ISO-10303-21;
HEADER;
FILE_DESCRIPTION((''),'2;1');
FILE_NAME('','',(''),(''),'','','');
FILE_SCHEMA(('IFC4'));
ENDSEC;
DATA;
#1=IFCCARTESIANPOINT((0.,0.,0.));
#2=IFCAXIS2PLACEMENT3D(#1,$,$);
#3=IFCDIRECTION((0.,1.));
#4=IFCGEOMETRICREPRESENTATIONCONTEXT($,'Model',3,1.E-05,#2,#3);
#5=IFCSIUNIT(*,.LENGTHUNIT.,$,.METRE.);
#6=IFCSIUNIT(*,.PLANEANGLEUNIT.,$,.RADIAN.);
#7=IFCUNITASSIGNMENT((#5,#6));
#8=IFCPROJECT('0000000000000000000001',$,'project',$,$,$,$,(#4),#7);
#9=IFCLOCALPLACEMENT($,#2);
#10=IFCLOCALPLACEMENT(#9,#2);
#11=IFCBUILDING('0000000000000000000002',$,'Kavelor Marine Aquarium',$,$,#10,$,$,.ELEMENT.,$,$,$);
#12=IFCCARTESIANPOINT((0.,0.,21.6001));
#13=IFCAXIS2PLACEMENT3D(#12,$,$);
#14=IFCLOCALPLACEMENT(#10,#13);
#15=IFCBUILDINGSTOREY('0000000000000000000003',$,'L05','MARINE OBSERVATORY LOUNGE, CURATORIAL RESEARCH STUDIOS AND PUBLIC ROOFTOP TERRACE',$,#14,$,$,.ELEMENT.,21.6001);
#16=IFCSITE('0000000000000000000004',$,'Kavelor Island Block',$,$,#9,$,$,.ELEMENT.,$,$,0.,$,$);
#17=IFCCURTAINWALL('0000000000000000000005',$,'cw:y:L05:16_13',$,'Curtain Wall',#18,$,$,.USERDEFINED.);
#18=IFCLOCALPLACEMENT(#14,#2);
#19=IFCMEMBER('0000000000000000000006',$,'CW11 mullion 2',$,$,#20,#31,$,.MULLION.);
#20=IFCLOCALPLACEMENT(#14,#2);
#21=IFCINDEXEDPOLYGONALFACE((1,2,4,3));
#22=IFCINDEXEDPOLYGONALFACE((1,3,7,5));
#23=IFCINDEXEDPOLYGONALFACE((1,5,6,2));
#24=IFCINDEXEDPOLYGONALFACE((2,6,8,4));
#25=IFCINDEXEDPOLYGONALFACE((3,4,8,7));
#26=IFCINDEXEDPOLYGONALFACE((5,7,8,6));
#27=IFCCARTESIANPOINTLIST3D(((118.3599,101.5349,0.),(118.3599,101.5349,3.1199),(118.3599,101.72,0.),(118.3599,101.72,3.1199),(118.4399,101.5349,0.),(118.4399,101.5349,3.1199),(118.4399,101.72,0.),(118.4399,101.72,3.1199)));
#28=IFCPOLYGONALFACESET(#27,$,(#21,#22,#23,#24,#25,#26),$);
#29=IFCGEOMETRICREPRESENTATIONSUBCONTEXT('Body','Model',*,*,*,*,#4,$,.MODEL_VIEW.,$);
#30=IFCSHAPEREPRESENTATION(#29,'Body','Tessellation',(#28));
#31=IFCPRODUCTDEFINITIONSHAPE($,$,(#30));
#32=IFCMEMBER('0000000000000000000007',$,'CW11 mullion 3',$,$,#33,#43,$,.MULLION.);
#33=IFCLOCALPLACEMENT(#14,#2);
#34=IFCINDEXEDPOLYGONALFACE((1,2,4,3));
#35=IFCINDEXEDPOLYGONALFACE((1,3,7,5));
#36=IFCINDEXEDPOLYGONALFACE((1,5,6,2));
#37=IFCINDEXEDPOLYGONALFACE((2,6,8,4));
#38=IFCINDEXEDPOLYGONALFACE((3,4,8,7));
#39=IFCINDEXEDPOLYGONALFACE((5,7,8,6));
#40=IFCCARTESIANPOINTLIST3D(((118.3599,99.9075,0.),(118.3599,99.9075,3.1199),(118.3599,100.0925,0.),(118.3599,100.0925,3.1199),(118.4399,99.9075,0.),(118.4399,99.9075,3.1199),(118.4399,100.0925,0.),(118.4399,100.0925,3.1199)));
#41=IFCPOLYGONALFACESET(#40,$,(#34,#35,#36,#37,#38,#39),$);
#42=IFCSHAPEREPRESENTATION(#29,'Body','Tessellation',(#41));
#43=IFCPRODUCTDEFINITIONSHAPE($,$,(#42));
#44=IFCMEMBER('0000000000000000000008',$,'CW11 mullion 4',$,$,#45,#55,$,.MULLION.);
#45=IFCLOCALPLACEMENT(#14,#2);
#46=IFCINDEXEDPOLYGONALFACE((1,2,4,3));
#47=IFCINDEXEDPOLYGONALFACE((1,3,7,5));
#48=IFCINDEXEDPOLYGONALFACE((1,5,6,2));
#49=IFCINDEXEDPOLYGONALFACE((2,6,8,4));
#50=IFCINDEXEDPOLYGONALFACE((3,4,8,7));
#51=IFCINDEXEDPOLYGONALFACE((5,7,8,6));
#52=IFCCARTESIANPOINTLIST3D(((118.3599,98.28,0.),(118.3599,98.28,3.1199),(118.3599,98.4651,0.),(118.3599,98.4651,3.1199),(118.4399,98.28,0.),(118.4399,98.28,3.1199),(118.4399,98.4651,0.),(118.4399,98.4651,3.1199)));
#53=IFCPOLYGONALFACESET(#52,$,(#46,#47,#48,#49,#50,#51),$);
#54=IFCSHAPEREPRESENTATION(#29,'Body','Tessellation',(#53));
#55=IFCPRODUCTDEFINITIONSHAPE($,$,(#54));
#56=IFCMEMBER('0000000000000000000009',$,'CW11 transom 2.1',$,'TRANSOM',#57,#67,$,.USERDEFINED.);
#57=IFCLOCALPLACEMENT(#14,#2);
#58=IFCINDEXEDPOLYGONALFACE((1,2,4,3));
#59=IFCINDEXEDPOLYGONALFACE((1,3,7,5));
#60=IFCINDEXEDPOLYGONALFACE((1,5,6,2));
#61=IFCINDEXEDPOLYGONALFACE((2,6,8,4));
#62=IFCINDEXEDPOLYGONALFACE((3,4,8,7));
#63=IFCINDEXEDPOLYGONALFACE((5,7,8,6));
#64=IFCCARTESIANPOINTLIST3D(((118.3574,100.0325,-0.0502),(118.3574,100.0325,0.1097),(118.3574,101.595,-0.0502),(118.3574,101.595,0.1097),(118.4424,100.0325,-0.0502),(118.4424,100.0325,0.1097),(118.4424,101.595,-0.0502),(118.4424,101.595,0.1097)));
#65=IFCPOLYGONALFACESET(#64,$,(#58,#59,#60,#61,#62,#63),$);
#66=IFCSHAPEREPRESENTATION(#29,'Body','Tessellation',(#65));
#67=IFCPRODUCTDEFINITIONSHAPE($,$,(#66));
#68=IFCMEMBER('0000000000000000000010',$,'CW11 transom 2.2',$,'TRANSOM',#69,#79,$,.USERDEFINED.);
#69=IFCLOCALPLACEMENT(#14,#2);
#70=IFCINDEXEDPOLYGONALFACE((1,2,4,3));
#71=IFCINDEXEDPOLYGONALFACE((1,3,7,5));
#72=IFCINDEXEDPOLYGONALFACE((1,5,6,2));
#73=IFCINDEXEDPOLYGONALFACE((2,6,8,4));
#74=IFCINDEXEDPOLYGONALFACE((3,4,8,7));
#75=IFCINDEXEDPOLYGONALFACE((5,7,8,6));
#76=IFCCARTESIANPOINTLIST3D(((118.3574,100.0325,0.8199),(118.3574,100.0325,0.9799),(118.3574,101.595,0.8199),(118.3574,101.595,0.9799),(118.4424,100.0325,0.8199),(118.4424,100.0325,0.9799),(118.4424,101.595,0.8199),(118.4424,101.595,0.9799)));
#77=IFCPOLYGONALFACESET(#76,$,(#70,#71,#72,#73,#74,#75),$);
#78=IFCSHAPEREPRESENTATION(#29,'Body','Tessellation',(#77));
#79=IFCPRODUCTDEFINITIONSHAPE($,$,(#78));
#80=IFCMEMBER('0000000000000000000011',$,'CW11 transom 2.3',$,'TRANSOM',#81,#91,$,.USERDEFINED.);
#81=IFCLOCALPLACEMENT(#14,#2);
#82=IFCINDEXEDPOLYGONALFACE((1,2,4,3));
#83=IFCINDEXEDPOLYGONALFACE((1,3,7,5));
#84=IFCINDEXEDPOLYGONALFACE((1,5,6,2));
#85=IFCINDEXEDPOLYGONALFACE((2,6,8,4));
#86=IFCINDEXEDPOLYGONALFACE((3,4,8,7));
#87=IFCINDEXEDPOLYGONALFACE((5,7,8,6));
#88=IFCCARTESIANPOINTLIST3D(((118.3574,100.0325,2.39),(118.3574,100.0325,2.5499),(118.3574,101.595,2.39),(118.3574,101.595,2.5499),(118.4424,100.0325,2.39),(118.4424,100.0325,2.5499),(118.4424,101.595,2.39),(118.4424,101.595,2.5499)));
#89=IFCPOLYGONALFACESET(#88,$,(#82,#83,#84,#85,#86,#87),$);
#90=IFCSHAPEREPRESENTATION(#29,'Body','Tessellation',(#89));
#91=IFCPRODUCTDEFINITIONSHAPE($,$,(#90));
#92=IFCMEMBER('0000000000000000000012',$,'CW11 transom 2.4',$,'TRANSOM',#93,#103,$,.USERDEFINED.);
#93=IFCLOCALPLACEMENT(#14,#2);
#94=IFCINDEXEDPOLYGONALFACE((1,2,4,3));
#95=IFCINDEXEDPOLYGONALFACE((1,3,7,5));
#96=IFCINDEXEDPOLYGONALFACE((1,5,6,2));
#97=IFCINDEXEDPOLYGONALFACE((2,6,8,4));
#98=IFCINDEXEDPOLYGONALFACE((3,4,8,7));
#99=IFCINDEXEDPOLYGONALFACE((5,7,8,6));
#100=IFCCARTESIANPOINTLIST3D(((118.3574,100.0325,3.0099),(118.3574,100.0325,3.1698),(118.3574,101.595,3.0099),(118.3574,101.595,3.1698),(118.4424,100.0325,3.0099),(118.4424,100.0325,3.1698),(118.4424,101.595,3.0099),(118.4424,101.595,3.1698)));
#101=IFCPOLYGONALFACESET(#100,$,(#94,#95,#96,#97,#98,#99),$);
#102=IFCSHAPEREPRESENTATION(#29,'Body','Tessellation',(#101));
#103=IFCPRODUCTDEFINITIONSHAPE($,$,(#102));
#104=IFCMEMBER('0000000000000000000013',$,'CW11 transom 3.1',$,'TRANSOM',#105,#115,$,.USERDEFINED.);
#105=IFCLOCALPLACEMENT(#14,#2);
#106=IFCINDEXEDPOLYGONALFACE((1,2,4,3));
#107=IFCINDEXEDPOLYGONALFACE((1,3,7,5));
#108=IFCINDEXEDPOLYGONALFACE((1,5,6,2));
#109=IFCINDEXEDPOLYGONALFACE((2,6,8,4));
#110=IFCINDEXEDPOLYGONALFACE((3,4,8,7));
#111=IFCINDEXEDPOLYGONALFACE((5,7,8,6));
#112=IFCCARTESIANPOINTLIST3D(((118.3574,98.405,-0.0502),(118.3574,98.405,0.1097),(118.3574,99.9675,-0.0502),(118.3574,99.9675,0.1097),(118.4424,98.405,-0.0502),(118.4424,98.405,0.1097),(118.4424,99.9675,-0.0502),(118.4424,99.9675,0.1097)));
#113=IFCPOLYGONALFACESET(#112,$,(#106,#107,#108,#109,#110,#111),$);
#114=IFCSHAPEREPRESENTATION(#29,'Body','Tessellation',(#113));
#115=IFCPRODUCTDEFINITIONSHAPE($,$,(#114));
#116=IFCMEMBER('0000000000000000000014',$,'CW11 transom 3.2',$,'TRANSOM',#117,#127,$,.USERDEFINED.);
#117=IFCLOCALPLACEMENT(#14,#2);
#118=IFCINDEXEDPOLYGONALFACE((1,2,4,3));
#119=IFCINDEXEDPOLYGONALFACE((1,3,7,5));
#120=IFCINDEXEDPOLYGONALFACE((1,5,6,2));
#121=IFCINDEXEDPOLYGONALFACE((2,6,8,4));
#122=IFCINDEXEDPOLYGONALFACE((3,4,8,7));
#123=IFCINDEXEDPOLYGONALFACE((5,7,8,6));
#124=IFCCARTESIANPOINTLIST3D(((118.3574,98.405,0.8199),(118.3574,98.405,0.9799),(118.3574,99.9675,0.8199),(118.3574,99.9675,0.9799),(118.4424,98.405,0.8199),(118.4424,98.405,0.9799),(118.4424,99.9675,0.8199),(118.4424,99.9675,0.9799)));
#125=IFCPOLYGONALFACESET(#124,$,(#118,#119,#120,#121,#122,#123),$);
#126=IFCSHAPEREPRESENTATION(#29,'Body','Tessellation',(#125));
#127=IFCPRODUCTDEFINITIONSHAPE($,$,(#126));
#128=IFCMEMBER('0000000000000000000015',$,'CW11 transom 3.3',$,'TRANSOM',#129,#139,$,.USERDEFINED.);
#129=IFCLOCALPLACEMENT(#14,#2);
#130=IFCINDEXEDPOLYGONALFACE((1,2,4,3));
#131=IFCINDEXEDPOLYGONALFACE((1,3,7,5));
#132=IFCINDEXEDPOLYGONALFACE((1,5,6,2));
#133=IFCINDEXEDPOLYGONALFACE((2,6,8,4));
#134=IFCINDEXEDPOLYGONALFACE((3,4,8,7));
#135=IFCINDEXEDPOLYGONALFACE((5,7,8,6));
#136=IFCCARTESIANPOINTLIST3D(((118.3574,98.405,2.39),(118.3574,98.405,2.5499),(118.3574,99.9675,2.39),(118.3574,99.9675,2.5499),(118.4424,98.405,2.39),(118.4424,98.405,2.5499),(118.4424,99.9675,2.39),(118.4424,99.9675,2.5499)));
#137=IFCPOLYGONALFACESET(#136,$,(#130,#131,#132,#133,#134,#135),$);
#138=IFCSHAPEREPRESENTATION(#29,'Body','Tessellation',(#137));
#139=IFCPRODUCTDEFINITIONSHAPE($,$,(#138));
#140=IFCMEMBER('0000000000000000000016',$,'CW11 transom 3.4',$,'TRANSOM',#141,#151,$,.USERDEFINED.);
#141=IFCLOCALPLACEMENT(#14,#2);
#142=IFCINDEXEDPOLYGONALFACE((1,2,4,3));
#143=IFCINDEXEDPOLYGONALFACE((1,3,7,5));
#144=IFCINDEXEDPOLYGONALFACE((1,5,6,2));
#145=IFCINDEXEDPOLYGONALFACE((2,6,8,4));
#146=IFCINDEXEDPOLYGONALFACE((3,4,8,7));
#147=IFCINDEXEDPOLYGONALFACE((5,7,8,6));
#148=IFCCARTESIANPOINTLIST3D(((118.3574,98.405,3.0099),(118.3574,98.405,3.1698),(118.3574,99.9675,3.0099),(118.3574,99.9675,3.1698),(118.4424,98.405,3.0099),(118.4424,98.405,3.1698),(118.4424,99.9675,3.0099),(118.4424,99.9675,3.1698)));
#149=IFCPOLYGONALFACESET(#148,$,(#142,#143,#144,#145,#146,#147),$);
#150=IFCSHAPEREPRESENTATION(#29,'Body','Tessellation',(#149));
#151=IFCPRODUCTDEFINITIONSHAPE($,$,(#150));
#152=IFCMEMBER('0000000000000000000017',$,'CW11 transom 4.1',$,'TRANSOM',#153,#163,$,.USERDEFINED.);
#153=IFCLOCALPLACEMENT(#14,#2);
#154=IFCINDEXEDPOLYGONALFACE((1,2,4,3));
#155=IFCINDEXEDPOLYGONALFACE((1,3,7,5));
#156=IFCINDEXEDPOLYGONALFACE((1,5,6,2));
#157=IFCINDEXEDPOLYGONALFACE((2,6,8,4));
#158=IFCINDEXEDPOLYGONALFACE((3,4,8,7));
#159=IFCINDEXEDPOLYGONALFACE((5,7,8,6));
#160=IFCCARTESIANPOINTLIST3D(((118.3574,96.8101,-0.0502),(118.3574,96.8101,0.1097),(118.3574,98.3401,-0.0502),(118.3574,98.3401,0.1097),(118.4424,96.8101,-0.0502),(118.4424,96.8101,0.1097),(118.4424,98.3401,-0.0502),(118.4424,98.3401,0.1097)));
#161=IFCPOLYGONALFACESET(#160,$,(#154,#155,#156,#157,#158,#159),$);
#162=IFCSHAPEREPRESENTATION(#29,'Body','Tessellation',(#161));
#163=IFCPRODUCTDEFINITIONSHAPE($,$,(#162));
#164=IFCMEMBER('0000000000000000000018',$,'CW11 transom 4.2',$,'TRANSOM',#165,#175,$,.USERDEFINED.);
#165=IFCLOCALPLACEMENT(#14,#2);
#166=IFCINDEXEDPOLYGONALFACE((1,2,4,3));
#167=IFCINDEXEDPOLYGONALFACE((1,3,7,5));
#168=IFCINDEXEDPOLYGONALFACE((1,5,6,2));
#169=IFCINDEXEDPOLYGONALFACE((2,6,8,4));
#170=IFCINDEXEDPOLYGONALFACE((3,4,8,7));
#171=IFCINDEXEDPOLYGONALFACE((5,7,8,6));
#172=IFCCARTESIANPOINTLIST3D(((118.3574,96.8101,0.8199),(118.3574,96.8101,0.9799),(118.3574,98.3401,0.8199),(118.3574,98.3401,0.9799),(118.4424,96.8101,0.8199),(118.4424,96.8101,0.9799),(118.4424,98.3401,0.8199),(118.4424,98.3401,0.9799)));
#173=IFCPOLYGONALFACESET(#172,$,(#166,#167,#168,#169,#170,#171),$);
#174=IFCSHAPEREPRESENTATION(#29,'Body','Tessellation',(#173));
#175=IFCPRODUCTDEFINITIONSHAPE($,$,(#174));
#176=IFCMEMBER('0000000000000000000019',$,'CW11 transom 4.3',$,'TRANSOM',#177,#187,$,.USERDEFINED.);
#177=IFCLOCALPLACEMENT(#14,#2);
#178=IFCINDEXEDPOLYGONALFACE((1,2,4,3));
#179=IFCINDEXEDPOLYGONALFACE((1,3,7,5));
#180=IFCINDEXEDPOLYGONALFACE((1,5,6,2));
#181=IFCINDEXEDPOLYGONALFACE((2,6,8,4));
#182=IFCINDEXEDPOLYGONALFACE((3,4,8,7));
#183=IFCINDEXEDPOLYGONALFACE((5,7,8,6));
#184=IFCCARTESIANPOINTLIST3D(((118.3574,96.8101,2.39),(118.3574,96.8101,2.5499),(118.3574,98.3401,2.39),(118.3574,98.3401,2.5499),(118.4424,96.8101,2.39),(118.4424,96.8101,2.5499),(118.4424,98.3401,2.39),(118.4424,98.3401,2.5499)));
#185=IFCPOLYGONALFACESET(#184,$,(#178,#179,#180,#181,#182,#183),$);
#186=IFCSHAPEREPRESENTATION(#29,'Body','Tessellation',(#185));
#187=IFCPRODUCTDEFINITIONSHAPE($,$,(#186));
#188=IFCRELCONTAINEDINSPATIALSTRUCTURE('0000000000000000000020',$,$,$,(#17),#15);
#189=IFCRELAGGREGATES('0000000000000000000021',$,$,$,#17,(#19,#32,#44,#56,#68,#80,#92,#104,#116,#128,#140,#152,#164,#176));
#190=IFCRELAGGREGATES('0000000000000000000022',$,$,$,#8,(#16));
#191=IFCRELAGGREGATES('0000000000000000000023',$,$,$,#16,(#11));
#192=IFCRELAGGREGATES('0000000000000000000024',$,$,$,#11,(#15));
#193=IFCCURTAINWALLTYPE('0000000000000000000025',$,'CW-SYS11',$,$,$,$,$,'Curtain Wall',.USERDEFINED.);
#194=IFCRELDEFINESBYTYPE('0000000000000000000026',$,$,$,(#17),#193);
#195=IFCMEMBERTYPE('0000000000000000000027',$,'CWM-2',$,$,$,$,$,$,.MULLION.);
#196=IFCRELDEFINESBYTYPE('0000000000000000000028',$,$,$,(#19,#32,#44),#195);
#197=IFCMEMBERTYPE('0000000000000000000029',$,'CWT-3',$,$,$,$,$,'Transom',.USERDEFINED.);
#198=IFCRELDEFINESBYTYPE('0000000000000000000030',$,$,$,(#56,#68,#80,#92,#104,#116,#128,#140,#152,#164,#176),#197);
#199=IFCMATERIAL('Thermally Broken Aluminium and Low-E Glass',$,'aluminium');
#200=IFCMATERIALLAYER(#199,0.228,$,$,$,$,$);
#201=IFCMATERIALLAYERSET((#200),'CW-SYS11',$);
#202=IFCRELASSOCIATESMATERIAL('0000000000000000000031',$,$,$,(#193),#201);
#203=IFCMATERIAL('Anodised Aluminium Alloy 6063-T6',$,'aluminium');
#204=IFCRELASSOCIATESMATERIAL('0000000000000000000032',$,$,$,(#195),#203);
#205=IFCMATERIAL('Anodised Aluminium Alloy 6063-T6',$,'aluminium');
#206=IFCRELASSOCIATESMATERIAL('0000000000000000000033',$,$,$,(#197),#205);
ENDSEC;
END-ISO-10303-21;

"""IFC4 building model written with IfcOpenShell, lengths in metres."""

from ifc_helpers import new_model, si_unit, direction, frame, origin, origin_2d, place, context, subcontext, project, spatial, rectangle, extrude, material, layer, layer_set, material_profile, profile_set, type_object, element, aggregate, save


model = new_model("IFC4")

# Units and contexts
model_context = context("Model", 3, precision=1e-05, world=origin(), true_north=direction((0.0, 1.0)))
body_context = subcontext(model_context, "Body", "Model", "MODEL_VIEW")
ifc_project = project(units=[si_unit("LENGTHUNIT", "METRE"), si_unit("PLANEANGLEUNIT", "RADIAN")], contexts=[model_context])

# Site, building, storey
site_placement = place(None, origin())
site = spatial("IfcSite", under=ifc_project, at=site_placement, Name="Kavelor Island Block", CompositionType="ELEMENT", RefElevation=0.0)
building_placement = place(site_placement, origin())
building = spatial("IfcBuilding", under=site, at=building_placement, Name="Kavelor Marine Aquarium", CompositionType="ELEMENT")
storey_placement = place(building_placement, frame((0.0, 0.0, 21.6001)))
storey = spatial("IfcBuildingStorey", under=building, at=storey_placement, Name="L05", Description="MARINE OBSERVATORY LOUNGE, CURATORIAL RESEARCH STUDIOS AND PUBLIC ROOFTOP TERRACE", CompositionType="ELEMENT", Elevation=21.6001)

# Curtain wall, members
ifc_material_1 = material(Name="Thermally Broken Aluminium and Low-E Glass", Category="aluminium")
ifc_layer_1 = layer(ifc_material_1, 0.228)
ifc_layer_set_1 = layer_set([ifc_layer_1], Name="CW-SYS11")
curtain_wall_type = type_object("IfcCurtainWallType", Name="CW-SYS11", ElementType="Curtain Wall", PredefinedType="USERDEFINED", material=ifc_layer_set_1)
curtain_wall_placement = place(storey_placement, origin())
curtain_wall = element("IfcCurtainWall", 1, at=curtain_wall_placement, inside=storey, type_object=curtain_wall_type, Name="cw:y:L05:16_13", ObjectType="Curtain Wall", PredefinedType="USERDEFINED")
ifc_material_2 = material(Name="Anodised Aluminium Alloy 6063-T6", Category="aluminium")
ifc_material_profile_1 = material_profile(ifc_material_2, rectangle(XDim=0.0801, YDim=0.1851, at=origin_2d()), Name="CW-MUL 80x185")
ifc_profile_set_1 = profile_set([ifc_material_profile_1], Name="Anodised Aluminium Alloy 6063-T6")
member_type_1 = type_object("IfcMemberType", Name="CWM-2", PredefinedType="MULLION", material=ifc_profile_set_1)
member_1_placement = place(storey_placement, frame((118.3999, 101.6274, 0.0), z_axis=(0.0, 0.0, 1.0), x_axis=(1.0, 0.0, 0.0)))
member_1 = element("IfcMember", 2, at=member_1_placement, type_object=member_type_1, Name="CW11 mullion 2", PredefinedType="MULLION", context=body_context, shape_type="SweptSolid", body=[
    extrude(rectangle(XDim=0.0801, YDim=0.1851, at=origin_2d()), origin(), (0.0, 0.0, 1.0), 3.1199),
])
member_2_placement = place(storey_placement, frame((118.3999, 100.0, 0.0), z_axis=(0.0, 0.0, 1.0), x_axis=(1.0, 0.0, 0.0)))
member_2 = element("IfcMember", 3, at=member_2_placement, type_object=member_type_1, Name="CW11 mullion 3", PredefinedType="MULLION", context=body_context, shape_type="SweptSolid", body=[
    extrude(rectangle(XDim=0.0801, YDim=0.1851, at=origin_2d()), origin(), (0.0, 0.0, 1.0), 3.1199),
])
member_3_placement = place(storey_placement, frame((118.3999, 98.3726, 0.0), z_axis=(0.0, 0.0, 1.0), x_axis=(1.0, 0.0, 0.0)))
member_3 = element("IfcMember", 4, at=member_3_placement, type_object=member_type_1, Name="CW11 mullion 4", PredefinedType="MULLION", context=body_context, shape_type="SweptSolid", body=[
    extrude(rectangle(XDim=0.0801, YDim=0.1851, at=origin_2d()), origin(), (0.0, 0.0, 1.0), 3.1199),
])
ifc_material_3 = material(Name="Anodised Aluminium Alloy 6063-T6", Category="aluminium")
ifc_material_profile_2 = material_profile(ifc_material_3, rectangle(XDim=0.085, YDim=0.1599, at=origin_2d()), Name="CW-TRN 85x160")
ifc_profile_set_2 = profile_set([ifc_material_profile_2], Name="Anodised Aluminium Alloy 6063-T6")
member_type_2 = type_object("IfcMemberType", Name="CWT-3", ElementType="Transom", PredefinedType="USERDEFINED", material=ifc_profile_set_2)
member_4_placement = place(storey_placement, frame((118.3999, 101.595, 0.0298), z_axis=(0.0, -1.0, 0.0), x_axis=(1.0, 0.0, 0.0)))
member_4 = element("IfcMember", 5, at=member_4_placement, type_object=member_type_2, Name="CW11 transom 2.1", ObjectType="TRANSOM", PredefinedType="USERDEFINED", context=body_context, shape_type="SweptSolid", body=[
    extrude(rectangle(XDim=0.085, YDim=0.1599, at=origin_2d()), origin(), (0.0, 0.0, 1.0), 1.5625),
])
member_5_placement = place(storey_placement, frame((118.3999, 101.595, 0.8999), z_axis=(0.0, -1.0, 0.0), x_axis=(1.0, 0.0, 0.0)))
member_5 = element("IfcMember", 6, at=member_5_placement, type_object=member_type_2, Name="CW11 transom 2.2", ObjectType="TRANSOM", PredefinedType="USERDEFINED", context=body_context, shape_type="SweptSolid", body=[
    extrude(rectangle(XDim=0.085, YDim=0.1599, at=origin_2d()), origin(), (0.0, 0.0, 1.0), 1.5625),
])
member_6_placement = place(storey_placement, frame((118.3999, 101.595, 2.47), z_axis=(0.0, -1.0, 0.0), x_axis=(1.0, 0.0, 0.0)))
member_6 = element("IfcMember", 7, at=member_6_placement, type_object=member_type_2, Name="CW11 transom 2.3", ObjectType="TRANSOM", PredefinedType="USERDEFINED", context=body_context, shape_type="SweptSolid", body=[
    extrude(rectangle(XDim=0.085, YDim=0.1599, at=origin_2d()), origin(), (0.0, 0.0, 1.0), 1.5625),
])
member_7_placement = place(storey_placement, frame((118.3999, 101.595, 3.0898), z_axis=(0.0, -1.0, 0.0), x_axis=(1.0, 0.0, 0.0)))
member_7 = element("IfcMember", 8, at=member_7_placement, type_object=member_type_2, Name="CW11 transom 2.4", ObjectType="TRANSOM", PredefinedType="USERDEFINED", context=body_context, shape_type="SweptSolid", body=[
    extrude(rectangle(XDim=0.085, YDim=0.1599, at=origin_2d()), origin(), (0.0, 0.0, 1.0), 1.5625),
])
member_8_placement = place(storey_placement, frame((118.3999, 99.9675, 0.0298), z_axis=(0.0, -1.0, 0.0), x_axis=(1.0, 0.0, 0.0)))
member_8 = element("IfcMember", 9, at=member_8_placement, type_object=member_type_2, Name="CW11 transom 3.1", ObjectType="TRANSOM", PredefinedType="USERDEFINED", context=body_context, shape_type="SweptSolid", body=[
    extrude(rectangle(XDim=0.085, YDim=0.1599, at=origin_2d()), origin(), (0.0, 0.0, 1.0), 1.5625),
])
member_9_placement = place(storey_placement, frame((118.3999, 99.9675, 0.8999), z_axis=(0.0, -1.0, 0.0), x_axis=(1.0, 0.0, 0.0)))
member_9 = element("IfcMember", 10, at=member_9_placement, type_object=member_type_2, Name="CW11 transom 3.2", ObjectType="TRANSOM", PredefinedType="USERDEFINED", context=body_context, shape_type="SweptSolid", body=[
    extrude(rectangle(XDim=0.085, YDim=0.1599, at=origin_2d()), origin(), (0.0, 0.0, 1.0), 1.5625),
])
member_10_placement = place(storey_placement, frame((118.3999, 99.9675, 2.47), z_axis=(0.0, -1.0, 0.0), x_axis=(1.0, 0.0, 0.0)))
member_10 = element("IfcMember", 11, at=member_10_placement, type_object=member_type_2, Name="CW11 transom 3.3", ObjectType="TRANSOM", PredefinedType="USERDEFINED", context=body_context, shape_type="SweptSolid", body=[
    extrude(rectangle(XDim=0.085, YDim=0.1599, at=origin_2d()), origin(), (0.0, 0.0, 1.0), 1.5625),
])
member_11_placement = place(storey_placement, frame((118.3999, 99.9675, 3.0898), z_axis=(0.0, -1.0, 0.0), x_axis=(1.0, 0.0, 0.0)))
member_11 = element("IfcMember", 12, at=member_11_placement, type_object=member_type_2, Name="CW11 transom 3.4", ObjectType="TRANSOM", PredefinedType="USERDEFINED", context=body_context, shape_type="SweptSolid", body=[
    extrude(rectangle(XDim=0.085, YDim=0.1599, at=origin_2d()), origin(), (0.0, 0.0, 1.0), 1.5625),
])
member_12_placement = place(storey_placement, frame((118.3999, 98.3401, 0.0298), z_axis=(0.0, -1.0, 0.0), x_axis=(1.0, 0.0, 0.0)))
member_12 = element("IfcMember", 13, at=member_12_placement, type_object=member_type_2, Name="CW11 transom 4.1", ObjectType="TRANSOM", PredefinedType="USERDEFINED", context=body_context, shape_type="SweptSolid", body=[
    extrude(rectangle(XDim=0.085, YDim=0.1599, at=origin_2d()), origin(), (0.0, 0.0, 1.0), 1.53),
])
member_13_placement = place(storey_placement, frame((118.3999, 98.3401, 0.8999), z_axis=(0.0, -1.0, 0.0), x_axis=(1.0, 0.0, 0.0)))
member_13 = element("IfcMember", 14, at=member_13_placement, type_object=member_type_2, Name="CW11 transom 4.2", ObjectType="TRANSOM", PredefinedType="USERDEFINED", context=body_context, shape_type="SweptSolid", body=[
    extrude(rectangle(XDim=0.085, YDim=0.1599, at=origin_2d()), origin(), (0.0, 0.0, 1.0), 1.53),
])
member_14_placement = place(storey_placement, frame((118.3999, 98.3401, 2.47), z_axis=(0.0, -1.0, 0.0), x_axis=(1.0, 0.0, 0.0)))
member_14 = element("IfcMember", 15, at=member_14_placement, type_object=member_type_2, Name="CW11 transom 4.3", ObjectType="TRANSOM", PredefinedType="USERDEFINED", context=body_context, shape_type="SweptSolid", body=[
    extrude(rectangle(XDim=0.085, YDim=0.1599, at=origin_2d()), origin(), (0.0, 0.0, 1.0), 1.53),
])
aggregate(curtain_wall, [member_1, member_2, member_3, member_4, member_5, member_6, member_7, member_8, member_9, member_10, member_11, member_12, member_13, member_14])

save(model, "model.ifc")
